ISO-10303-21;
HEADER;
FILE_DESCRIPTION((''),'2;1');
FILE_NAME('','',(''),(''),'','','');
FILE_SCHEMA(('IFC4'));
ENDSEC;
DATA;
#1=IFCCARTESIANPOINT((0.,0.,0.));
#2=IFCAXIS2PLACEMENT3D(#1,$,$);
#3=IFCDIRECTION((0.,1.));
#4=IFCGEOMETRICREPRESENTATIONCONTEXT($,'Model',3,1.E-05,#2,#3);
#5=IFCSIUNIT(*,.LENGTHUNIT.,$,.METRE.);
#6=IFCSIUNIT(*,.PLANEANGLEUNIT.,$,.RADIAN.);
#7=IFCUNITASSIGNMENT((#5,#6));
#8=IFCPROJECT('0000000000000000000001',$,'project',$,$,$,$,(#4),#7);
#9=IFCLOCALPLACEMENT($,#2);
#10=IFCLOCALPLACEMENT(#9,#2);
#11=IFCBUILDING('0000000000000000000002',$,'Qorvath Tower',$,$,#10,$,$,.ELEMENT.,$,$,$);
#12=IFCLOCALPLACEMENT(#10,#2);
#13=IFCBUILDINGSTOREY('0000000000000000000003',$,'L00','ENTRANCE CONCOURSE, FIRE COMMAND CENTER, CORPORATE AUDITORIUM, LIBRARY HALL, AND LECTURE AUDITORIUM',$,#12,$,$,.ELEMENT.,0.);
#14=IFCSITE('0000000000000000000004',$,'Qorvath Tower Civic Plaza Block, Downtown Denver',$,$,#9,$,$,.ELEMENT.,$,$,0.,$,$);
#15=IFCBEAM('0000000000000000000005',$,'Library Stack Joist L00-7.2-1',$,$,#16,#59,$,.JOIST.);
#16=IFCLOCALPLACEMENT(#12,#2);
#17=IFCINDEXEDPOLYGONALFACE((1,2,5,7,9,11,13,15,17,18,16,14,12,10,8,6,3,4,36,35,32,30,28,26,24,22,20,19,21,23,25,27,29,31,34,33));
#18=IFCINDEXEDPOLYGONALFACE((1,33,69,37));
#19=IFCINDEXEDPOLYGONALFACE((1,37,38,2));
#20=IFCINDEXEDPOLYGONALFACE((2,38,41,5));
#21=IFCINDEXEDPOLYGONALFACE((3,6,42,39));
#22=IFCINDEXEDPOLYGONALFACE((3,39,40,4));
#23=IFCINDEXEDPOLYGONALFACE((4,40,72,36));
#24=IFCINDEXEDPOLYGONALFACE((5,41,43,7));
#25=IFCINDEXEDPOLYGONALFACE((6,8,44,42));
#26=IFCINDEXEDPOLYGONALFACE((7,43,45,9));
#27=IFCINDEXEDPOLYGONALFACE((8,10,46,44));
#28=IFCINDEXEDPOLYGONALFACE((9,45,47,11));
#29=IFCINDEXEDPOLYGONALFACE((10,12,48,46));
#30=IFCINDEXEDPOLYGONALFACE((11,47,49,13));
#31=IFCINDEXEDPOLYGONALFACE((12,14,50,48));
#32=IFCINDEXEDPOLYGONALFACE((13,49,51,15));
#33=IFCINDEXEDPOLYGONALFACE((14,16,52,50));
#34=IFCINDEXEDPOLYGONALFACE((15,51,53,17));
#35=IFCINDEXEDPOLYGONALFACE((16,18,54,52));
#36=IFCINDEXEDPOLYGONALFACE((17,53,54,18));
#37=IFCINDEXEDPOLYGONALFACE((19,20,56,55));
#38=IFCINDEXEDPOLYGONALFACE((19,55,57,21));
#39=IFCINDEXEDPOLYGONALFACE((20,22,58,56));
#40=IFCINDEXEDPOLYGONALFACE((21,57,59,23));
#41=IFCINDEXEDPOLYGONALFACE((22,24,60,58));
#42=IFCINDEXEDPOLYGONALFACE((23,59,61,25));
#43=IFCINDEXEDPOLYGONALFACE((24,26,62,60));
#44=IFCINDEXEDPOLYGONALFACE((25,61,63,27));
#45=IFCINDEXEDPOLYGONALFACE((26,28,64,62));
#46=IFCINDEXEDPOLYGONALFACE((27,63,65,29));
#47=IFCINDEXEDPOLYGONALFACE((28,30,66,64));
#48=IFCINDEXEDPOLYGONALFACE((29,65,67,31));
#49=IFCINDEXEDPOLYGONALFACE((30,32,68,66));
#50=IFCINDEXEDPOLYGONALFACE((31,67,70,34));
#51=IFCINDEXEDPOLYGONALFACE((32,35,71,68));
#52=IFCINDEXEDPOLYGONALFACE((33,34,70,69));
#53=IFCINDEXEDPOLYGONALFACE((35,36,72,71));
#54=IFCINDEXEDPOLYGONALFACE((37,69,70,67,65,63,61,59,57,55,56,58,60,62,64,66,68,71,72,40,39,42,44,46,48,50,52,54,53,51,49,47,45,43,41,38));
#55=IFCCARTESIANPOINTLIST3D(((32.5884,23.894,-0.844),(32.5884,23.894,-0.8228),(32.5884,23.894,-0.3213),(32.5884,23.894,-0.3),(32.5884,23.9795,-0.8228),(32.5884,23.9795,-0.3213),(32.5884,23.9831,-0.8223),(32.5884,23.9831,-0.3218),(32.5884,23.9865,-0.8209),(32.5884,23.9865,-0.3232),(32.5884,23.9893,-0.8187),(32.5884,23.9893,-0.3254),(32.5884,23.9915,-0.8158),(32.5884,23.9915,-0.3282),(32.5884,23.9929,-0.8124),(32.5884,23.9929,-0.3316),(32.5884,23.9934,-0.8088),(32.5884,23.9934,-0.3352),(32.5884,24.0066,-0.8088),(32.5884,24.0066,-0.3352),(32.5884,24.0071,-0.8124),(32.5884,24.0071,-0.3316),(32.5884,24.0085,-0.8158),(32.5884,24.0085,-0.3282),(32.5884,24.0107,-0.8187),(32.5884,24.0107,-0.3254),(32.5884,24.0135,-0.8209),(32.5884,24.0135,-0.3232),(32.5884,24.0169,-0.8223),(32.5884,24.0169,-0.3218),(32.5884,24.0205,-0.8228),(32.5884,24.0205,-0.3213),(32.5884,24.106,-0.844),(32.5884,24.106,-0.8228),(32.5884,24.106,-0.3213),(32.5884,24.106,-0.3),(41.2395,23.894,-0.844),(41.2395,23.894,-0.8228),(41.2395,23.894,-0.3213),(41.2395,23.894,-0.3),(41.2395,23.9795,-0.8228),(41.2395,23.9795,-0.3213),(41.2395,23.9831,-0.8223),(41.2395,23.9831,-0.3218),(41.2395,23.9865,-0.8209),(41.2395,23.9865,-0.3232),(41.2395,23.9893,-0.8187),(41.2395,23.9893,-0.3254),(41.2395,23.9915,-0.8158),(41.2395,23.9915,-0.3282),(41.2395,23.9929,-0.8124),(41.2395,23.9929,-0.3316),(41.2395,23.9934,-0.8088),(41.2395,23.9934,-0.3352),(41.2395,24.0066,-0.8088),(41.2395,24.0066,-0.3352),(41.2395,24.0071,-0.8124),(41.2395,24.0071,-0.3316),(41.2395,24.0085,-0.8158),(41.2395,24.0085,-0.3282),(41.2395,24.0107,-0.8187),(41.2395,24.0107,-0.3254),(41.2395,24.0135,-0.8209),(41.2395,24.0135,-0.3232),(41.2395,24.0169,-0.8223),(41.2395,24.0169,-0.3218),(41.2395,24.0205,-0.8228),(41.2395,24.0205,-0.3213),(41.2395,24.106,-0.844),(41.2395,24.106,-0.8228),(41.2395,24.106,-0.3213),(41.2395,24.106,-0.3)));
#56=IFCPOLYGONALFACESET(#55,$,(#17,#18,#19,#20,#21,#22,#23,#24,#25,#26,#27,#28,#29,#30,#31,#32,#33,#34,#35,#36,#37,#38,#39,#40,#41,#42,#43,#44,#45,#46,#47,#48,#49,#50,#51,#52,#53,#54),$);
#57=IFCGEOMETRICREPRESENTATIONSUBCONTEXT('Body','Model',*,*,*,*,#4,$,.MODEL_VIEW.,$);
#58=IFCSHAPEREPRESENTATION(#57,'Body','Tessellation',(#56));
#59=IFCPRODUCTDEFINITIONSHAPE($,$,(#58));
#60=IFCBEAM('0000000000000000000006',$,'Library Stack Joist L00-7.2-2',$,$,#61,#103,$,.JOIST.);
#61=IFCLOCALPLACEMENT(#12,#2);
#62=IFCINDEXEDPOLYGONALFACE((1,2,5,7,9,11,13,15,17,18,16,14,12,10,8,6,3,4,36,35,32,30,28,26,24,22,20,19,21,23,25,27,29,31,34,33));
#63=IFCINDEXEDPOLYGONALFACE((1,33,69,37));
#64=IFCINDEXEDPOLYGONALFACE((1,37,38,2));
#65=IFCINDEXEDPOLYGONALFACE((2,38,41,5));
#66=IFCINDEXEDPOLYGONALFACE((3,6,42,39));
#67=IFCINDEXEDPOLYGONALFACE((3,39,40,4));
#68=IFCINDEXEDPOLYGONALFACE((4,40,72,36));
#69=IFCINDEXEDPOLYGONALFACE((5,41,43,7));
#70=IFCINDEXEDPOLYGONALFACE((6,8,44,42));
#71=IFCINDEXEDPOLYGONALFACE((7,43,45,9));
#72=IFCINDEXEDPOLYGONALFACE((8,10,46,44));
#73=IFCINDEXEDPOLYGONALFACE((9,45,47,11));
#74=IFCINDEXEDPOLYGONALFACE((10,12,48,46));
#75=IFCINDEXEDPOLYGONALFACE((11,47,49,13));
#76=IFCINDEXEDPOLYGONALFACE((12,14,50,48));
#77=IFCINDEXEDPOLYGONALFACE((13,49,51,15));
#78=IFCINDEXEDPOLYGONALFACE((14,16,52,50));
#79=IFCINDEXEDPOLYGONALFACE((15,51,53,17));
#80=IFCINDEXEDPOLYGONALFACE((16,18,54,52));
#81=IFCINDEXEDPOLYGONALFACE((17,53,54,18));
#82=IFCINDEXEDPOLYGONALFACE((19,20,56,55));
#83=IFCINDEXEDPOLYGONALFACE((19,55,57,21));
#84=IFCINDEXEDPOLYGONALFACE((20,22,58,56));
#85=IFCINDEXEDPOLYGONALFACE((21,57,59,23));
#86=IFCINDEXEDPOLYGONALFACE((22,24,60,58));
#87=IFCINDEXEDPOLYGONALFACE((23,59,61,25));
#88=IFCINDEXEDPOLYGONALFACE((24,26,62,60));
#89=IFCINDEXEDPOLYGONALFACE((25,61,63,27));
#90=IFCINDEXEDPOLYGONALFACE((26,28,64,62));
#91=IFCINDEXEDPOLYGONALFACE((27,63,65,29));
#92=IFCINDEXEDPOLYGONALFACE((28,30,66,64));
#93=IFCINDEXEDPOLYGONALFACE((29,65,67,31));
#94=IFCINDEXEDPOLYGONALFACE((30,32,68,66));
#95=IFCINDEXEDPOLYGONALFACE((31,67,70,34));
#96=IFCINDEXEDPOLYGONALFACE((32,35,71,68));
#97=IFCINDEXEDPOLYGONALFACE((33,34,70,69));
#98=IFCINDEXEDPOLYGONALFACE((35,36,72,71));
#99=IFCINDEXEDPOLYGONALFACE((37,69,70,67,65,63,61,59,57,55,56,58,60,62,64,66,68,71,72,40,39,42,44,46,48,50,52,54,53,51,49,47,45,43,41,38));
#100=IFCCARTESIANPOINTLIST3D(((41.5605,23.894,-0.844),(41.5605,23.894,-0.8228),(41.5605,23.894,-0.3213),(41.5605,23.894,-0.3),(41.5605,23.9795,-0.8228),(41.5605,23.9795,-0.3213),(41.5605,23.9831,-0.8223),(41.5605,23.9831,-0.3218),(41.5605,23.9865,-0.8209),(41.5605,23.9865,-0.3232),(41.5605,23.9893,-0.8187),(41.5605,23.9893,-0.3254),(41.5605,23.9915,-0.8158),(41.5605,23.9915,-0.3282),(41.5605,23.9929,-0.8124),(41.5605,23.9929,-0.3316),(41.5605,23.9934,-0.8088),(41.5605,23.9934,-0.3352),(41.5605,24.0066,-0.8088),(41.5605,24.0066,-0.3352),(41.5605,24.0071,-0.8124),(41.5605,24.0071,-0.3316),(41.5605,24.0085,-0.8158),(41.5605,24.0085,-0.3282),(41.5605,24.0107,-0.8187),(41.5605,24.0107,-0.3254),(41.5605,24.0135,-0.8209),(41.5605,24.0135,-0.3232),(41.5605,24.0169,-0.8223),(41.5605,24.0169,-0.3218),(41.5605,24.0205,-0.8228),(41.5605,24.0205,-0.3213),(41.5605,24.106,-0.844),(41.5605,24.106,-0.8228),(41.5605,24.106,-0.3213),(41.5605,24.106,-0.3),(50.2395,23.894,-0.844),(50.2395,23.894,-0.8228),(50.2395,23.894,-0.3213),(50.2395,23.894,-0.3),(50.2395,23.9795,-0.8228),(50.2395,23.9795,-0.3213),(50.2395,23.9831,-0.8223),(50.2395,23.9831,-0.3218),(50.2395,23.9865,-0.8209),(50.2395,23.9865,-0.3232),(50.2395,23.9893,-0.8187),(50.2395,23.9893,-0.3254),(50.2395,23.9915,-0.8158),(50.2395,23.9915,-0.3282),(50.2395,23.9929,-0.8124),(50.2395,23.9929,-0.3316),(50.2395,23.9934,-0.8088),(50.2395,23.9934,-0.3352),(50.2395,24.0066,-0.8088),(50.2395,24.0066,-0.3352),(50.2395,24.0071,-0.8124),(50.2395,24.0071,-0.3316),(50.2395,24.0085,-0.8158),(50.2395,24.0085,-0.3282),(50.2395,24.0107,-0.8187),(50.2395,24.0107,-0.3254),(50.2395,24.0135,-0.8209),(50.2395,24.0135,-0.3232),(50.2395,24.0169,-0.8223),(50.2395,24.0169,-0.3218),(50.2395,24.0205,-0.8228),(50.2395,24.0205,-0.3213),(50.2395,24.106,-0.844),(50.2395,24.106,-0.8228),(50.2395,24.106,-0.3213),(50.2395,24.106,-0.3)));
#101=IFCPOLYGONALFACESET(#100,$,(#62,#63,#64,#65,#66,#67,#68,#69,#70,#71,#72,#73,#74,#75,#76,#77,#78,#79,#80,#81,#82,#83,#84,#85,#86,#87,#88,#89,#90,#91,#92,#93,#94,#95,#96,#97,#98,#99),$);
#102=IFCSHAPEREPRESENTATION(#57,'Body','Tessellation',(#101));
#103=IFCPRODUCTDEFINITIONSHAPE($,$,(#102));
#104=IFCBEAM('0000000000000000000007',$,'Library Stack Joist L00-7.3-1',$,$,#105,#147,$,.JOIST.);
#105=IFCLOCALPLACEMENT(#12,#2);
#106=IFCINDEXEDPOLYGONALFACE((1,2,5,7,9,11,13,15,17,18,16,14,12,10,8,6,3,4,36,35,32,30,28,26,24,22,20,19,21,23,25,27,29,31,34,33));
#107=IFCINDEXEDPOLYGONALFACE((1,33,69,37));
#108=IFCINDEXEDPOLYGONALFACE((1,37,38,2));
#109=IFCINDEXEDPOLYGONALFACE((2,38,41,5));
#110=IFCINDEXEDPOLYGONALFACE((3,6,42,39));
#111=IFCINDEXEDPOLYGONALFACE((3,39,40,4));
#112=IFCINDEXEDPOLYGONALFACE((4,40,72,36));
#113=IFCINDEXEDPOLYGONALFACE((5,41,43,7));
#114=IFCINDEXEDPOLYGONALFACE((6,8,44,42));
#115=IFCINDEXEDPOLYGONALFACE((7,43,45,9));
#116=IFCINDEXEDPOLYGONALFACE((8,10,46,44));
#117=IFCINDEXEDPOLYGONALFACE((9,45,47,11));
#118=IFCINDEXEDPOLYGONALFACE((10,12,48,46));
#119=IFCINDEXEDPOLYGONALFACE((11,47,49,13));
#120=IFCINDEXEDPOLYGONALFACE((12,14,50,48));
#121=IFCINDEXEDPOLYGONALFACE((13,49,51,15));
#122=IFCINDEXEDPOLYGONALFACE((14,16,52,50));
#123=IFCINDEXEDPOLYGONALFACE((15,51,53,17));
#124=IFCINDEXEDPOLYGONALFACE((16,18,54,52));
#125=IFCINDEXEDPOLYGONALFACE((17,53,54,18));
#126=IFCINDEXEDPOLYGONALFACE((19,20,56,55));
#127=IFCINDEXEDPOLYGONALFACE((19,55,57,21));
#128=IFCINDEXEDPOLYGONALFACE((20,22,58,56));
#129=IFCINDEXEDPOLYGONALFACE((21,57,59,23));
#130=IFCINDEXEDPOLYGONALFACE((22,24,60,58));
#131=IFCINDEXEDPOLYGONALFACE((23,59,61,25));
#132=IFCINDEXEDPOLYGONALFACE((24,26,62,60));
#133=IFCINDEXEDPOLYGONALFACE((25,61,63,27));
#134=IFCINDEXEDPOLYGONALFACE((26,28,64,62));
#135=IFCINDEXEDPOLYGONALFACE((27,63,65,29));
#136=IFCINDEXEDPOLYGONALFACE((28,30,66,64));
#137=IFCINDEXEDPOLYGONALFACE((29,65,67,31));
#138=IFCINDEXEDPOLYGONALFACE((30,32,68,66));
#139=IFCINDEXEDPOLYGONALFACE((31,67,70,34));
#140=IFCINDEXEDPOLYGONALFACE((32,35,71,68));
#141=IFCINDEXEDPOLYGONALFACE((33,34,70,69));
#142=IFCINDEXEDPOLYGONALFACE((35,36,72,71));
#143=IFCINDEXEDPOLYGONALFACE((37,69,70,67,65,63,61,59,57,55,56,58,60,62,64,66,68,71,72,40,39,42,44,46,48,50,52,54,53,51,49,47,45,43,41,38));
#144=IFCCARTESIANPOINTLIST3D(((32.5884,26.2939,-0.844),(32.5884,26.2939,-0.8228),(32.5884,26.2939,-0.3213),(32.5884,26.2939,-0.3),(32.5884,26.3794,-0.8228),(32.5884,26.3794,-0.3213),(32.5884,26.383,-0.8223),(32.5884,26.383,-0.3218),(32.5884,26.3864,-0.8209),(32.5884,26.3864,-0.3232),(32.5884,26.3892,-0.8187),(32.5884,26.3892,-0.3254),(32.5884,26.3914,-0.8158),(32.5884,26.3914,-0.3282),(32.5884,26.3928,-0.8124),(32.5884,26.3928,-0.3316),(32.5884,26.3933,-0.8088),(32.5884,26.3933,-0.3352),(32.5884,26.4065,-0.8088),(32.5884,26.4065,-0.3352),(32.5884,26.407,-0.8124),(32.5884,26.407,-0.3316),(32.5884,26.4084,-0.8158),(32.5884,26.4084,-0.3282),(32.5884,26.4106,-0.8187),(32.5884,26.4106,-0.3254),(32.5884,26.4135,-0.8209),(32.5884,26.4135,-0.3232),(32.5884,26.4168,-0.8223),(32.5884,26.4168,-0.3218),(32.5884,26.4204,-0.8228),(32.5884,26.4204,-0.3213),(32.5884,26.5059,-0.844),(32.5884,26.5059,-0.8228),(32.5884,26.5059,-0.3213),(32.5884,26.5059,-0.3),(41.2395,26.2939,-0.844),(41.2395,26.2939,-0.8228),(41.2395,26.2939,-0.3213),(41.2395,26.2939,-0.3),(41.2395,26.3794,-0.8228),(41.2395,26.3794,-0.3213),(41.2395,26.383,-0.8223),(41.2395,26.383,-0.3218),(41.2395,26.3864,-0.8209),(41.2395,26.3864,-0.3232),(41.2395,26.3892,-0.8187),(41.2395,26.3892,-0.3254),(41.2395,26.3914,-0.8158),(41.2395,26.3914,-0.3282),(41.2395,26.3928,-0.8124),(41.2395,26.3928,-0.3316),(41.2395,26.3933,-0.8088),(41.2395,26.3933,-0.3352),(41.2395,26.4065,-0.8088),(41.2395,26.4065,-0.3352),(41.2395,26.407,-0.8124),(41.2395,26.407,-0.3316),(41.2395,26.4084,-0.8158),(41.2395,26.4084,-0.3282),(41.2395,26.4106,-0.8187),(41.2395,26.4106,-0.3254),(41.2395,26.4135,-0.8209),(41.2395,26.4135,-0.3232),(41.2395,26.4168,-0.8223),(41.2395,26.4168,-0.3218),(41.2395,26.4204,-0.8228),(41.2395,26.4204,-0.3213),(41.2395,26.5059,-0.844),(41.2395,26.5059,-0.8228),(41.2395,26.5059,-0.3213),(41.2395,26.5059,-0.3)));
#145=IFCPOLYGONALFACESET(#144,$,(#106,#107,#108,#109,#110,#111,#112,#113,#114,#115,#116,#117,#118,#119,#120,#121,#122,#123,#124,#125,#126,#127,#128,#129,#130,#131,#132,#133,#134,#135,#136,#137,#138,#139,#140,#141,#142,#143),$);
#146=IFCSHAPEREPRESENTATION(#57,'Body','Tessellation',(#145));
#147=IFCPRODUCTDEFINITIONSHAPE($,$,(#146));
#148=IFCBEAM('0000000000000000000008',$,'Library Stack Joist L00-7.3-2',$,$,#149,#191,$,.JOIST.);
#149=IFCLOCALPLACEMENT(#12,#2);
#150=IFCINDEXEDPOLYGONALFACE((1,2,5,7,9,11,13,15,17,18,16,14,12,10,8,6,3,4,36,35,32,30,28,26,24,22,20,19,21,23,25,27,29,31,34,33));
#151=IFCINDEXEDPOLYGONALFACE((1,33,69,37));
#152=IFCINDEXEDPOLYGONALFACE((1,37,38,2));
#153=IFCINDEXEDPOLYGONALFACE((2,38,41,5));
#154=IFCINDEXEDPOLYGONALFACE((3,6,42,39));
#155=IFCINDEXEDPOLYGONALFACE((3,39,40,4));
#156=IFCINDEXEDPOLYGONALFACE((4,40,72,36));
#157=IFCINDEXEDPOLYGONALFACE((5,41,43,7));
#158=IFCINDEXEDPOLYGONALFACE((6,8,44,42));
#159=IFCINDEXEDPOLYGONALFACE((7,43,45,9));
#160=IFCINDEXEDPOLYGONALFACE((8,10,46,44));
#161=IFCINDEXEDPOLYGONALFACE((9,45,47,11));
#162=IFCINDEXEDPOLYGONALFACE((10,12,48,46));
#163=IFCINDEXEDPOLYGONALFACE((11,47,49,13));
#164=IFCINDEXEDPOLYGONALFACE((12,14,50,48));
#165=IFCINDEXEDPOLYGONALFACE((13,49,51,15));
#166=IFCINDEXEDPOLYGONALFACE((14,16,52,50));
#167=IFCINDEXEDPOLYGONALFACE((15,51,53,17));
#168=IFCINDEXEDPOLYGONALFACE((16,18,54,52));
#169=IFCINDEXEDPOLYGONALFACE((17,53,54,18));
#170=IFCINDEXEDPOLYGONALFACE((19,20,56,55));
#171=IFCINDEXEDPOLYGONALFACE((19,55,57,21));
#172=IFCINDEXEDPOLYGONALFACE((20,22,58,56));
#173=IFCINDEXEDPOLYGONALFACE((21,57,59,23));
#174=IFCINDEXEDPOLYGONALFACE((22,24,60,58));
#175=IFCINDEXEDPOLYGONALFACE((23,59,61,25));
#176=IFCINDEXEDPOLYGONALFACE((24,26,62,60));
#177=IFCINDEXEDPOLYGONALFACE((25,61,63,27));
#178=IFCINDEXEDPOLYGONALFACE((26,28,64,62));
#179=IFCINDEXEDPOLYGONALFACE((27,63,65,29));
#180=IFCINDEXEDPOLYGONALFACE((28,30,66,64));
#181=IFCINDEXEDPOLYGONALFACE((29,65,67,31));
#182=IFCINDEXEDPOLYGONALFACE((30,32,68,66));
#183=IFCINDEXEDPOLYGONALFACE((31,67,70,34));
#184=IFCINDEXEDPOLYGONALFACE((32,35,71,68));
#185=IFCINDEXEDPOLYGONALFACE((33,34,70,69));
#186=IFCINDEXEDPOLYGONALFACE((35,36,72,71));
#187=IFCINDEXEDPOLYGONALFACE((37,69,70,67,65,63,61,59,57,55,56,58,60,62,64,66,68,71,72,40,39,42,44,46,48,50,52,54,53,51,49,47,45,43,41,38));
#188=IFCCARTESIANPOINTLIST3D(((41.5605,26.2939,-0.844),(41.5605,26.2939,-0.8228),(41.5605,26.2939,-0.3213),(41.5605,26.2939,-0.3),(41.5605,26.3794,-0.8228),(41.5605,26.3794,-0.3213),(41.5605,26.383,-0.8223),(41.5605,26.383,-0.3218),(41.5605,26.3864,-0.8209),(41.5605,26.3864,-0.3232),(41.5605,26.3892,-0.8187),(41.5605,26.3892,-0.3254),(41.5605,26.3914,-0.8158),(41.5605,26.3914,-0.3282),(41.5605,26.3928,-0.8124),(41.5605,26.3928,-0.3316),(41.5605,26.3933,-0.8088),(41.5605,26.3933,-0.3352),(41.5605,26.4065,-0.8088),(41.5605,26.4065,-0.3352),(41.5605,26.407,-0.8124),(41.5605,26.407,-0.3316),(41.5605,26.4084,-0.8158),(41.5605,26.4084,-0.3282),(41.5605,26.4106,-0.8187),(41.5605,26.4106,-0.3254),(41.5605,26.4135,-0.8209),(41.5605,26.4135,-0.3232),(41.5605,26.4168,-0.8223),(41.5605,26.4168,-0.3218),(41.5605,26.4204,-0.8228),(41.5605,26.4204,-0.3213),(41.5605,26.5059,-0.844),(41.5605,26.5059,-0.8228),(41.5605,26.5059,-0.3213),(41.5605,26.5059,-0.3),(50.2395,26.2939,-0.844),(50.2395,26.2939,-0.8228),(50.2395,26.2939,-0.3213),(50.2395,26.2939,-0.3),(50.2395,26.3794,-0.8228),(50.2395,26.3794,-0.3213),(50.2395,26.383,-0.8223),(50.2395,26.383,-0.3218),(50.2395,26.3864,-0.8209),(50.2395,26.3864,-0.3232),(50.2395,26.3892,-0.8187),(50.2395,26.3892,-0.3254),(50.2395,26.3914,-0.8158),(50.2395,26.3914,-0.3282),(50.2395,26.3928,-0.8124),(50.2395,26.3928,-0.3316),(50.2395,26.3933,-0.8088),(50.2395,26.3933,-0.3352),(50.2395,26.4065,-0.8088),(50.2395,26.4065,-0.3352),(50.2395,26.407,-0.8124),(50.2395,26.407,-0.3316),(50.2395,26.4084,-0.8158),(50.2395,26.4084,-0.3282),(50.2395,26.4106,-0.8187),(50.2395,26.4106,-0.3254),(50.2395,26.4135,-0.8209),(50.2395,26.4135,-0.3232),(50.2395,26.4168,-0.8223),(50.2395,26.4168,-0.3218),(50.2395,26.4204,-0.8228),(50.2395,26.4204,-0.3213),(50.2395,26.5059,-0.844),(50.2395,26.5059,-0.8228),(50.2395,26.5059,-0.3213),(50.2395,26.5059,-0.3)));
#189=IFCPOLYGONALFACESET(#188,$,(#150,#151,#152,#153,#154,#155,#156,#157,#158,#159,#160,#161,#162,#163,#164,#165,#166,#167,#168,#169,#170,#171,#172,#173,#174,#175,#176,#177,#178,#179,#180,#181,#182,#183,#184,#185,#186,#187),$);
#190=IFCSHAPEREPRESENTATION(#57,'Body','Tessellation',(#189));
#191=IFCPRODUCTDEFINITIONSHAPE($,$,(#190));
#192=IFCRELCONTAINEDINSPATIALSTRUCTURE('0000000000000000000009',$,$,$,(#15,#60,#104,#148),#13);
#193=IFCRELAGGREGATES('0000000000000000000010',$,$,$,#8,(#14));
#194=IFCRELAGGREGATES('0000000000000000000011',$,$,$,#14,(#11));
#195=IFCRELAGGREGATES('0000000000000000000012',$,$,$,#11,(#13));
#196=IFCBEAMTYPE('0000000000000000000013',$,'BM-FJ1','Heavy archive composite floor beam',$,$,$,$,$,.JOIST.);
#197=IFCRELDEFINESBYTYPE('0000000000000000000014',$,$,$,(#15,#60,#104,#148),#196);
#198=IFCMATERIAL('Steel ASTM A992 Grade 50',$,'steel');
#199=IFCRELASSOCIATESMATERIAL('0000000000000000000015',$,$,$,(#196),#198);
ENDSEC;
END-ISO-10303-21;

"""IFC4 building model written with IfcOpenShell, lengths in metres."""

from ifc_helpers import new_model, si_unit, direction, frame, origin, origin_2d, place, context, subcontext, project, spatial, i_section, extrude, material, material_profile, profile_set, type_object, element, save


model = new_model("IFC4")

# Units and contexts
model_context = context("Model", 3, precision=1e-05, world=origin(), true_north=direction((0.0, 1.0)))
body_context = subcontext(model_context, "Body", "Model", "MODEL_VIEW")
ifc_project = project(units=[si_unit("LENGTHUNIT", "METRE"), si_unit("PLANEANGLEUNIT", "RADIAN")], contexts=[model_context])

# Site, building, storey
site_placement = place(None, origin())
site = spatial("IfcSite", under=ifc_project, at=site_placement, Name="Qorvath Tower Civic Plaza Block, Downtown Denver", CompositionType="ELEMENT", RefElevation=0.0)
building_placement = place(site_placement, origin())
building = spatial("IfcBuilding", under=site, at=building_placement, Name="Qorvath Tower", CompositionType="ELEMENT")
storey_placement = place(building_placement, origin())
storey = spatial("IfcBuildingStorey", under=building, at=storey_placement, Name="L00", Description="ENTRANCE CONCOURSE, FIRE COMMAND CENTER, CORPORATE AUDITORIUM, LIBRARY HALL, AND LECTURE AUDITORIUM", CompositionType="ELEMENT", Elevation=0.0)

# Beams
ifc_material_1 = material(Name="Steel ASTM A992 Grade 50", Category="steel")
ifc_material_profile_1 = material_profile(ifc_material_1, i_section(OverallWidth=0.2119, OverallDepth=0.5439, WebThickness=0.0132, FlangeThickness=0.0212, FilletRadius=0.0139, at=origin_2d()), Name="W21x83")
ifc_profile_set_1 = profile_set([ifc_material_profile_1], Name="Steel ASTM A992 Grade 50")
beam_type_1 = type_object("IfcBeamType", Name="BM-FJ1", Description="Heavy archive composite floor beam", PredefinedType="JOIST", material=ifc_profile_set_1)
beam_1_placement = place(storey_placement, frame((32.5884, 24.0, -0.572), z_axis=(1.0, 0.0, 0.0), x_axis=(0.0, 1.0, 0.0)))
element("IfcBeam", 1, at=beam_1_placement, inside=storey, type_object=beam_type_1, Name="Library Stack Joist L00-7.2-1", PredefinedType="JOIST", context=body_context, shape_type="SweptSolid", body=[
    extrude(i_section(OverallWidth=0.2119, OverallDepth=0.5439, WebThickness=0.0132, FlangeThickness=0.0212, FilletRadius=0.0139, at=origin_2d()), origin(), (0.0, 0.0, 1.0), 8.6511),
])
beam_2_placement = place(storey_placement, frame((41.5605, 24.0, -0.572), z_axis=(1.0, 0.0, 0.0), x_axis=(0.0, 1.0, 0.0)))
element("IfcBeam", 2, at=beam_2_placement, inside=storey, type_object=beam_type_1, Name="Library Stack Joist L00-7.2-2", PredefinedType="JOIST", context=body_context, shape_type="SweptSolid", body=[
    extrude(i_section(OverallWidth=0.2119, OverallDepth=0.5439, WebThickness=0.0132, FlangeThickness=0.0212, FilletRadius=0.0139, at=origin_2d()), origin(), (0.0, 0.0, 1.0), 8.679),
])
beam_3_placement = place(storey_placement, frame((32.5884, 26.3999, -0.572), z_axis=(1.0, 0.0, 0.0), x_axis=(0.0, 1.0, 0.0)))
element("IfcBeam", 3, at=beam_3_placement, inside=storey, type_object=beam_type_1, Name="Library Stack Joist L00-7.3-1", PredefinedType="JOIST", context=body_context, shape_type="SweptSolid", body=[
    extrude(i_section(OverallWidth=0.2119, OverallDepth=0.5439, WebThickness=0.0132, FlangeThickness=0.0212, FilletRadius=0.0139, at=origin_2d()), origin(), (0.0, 0.0, 1.0), 8.6511),
])
beam_4_placement = place(storey_placement, frame((41.5605, 26.3999, -0.572), z_axis=(1.0, 0.0, 0.0), x_axis=(0.0, 1.0, 0.0)))
element("IfcBeam", 4, at=beam_4_placement, inside=storey, type_object=beam_type_1, Name="Library Stack Joist L00-7.3-2", PredefinedType="JOIST", context=body_context, shape_type="SweptSolid", body=[
    extrude(i_section(OverallWidth=0.2119, OverallDepth=0.5439, WebThickness=0.0132, FlangeThickness=0.0212, FilletRadius=0.0139, at=origin_2d()), origin(), (0.0, 0.0, 1.0), 8.679),
])

save(model, "model.ifc")
